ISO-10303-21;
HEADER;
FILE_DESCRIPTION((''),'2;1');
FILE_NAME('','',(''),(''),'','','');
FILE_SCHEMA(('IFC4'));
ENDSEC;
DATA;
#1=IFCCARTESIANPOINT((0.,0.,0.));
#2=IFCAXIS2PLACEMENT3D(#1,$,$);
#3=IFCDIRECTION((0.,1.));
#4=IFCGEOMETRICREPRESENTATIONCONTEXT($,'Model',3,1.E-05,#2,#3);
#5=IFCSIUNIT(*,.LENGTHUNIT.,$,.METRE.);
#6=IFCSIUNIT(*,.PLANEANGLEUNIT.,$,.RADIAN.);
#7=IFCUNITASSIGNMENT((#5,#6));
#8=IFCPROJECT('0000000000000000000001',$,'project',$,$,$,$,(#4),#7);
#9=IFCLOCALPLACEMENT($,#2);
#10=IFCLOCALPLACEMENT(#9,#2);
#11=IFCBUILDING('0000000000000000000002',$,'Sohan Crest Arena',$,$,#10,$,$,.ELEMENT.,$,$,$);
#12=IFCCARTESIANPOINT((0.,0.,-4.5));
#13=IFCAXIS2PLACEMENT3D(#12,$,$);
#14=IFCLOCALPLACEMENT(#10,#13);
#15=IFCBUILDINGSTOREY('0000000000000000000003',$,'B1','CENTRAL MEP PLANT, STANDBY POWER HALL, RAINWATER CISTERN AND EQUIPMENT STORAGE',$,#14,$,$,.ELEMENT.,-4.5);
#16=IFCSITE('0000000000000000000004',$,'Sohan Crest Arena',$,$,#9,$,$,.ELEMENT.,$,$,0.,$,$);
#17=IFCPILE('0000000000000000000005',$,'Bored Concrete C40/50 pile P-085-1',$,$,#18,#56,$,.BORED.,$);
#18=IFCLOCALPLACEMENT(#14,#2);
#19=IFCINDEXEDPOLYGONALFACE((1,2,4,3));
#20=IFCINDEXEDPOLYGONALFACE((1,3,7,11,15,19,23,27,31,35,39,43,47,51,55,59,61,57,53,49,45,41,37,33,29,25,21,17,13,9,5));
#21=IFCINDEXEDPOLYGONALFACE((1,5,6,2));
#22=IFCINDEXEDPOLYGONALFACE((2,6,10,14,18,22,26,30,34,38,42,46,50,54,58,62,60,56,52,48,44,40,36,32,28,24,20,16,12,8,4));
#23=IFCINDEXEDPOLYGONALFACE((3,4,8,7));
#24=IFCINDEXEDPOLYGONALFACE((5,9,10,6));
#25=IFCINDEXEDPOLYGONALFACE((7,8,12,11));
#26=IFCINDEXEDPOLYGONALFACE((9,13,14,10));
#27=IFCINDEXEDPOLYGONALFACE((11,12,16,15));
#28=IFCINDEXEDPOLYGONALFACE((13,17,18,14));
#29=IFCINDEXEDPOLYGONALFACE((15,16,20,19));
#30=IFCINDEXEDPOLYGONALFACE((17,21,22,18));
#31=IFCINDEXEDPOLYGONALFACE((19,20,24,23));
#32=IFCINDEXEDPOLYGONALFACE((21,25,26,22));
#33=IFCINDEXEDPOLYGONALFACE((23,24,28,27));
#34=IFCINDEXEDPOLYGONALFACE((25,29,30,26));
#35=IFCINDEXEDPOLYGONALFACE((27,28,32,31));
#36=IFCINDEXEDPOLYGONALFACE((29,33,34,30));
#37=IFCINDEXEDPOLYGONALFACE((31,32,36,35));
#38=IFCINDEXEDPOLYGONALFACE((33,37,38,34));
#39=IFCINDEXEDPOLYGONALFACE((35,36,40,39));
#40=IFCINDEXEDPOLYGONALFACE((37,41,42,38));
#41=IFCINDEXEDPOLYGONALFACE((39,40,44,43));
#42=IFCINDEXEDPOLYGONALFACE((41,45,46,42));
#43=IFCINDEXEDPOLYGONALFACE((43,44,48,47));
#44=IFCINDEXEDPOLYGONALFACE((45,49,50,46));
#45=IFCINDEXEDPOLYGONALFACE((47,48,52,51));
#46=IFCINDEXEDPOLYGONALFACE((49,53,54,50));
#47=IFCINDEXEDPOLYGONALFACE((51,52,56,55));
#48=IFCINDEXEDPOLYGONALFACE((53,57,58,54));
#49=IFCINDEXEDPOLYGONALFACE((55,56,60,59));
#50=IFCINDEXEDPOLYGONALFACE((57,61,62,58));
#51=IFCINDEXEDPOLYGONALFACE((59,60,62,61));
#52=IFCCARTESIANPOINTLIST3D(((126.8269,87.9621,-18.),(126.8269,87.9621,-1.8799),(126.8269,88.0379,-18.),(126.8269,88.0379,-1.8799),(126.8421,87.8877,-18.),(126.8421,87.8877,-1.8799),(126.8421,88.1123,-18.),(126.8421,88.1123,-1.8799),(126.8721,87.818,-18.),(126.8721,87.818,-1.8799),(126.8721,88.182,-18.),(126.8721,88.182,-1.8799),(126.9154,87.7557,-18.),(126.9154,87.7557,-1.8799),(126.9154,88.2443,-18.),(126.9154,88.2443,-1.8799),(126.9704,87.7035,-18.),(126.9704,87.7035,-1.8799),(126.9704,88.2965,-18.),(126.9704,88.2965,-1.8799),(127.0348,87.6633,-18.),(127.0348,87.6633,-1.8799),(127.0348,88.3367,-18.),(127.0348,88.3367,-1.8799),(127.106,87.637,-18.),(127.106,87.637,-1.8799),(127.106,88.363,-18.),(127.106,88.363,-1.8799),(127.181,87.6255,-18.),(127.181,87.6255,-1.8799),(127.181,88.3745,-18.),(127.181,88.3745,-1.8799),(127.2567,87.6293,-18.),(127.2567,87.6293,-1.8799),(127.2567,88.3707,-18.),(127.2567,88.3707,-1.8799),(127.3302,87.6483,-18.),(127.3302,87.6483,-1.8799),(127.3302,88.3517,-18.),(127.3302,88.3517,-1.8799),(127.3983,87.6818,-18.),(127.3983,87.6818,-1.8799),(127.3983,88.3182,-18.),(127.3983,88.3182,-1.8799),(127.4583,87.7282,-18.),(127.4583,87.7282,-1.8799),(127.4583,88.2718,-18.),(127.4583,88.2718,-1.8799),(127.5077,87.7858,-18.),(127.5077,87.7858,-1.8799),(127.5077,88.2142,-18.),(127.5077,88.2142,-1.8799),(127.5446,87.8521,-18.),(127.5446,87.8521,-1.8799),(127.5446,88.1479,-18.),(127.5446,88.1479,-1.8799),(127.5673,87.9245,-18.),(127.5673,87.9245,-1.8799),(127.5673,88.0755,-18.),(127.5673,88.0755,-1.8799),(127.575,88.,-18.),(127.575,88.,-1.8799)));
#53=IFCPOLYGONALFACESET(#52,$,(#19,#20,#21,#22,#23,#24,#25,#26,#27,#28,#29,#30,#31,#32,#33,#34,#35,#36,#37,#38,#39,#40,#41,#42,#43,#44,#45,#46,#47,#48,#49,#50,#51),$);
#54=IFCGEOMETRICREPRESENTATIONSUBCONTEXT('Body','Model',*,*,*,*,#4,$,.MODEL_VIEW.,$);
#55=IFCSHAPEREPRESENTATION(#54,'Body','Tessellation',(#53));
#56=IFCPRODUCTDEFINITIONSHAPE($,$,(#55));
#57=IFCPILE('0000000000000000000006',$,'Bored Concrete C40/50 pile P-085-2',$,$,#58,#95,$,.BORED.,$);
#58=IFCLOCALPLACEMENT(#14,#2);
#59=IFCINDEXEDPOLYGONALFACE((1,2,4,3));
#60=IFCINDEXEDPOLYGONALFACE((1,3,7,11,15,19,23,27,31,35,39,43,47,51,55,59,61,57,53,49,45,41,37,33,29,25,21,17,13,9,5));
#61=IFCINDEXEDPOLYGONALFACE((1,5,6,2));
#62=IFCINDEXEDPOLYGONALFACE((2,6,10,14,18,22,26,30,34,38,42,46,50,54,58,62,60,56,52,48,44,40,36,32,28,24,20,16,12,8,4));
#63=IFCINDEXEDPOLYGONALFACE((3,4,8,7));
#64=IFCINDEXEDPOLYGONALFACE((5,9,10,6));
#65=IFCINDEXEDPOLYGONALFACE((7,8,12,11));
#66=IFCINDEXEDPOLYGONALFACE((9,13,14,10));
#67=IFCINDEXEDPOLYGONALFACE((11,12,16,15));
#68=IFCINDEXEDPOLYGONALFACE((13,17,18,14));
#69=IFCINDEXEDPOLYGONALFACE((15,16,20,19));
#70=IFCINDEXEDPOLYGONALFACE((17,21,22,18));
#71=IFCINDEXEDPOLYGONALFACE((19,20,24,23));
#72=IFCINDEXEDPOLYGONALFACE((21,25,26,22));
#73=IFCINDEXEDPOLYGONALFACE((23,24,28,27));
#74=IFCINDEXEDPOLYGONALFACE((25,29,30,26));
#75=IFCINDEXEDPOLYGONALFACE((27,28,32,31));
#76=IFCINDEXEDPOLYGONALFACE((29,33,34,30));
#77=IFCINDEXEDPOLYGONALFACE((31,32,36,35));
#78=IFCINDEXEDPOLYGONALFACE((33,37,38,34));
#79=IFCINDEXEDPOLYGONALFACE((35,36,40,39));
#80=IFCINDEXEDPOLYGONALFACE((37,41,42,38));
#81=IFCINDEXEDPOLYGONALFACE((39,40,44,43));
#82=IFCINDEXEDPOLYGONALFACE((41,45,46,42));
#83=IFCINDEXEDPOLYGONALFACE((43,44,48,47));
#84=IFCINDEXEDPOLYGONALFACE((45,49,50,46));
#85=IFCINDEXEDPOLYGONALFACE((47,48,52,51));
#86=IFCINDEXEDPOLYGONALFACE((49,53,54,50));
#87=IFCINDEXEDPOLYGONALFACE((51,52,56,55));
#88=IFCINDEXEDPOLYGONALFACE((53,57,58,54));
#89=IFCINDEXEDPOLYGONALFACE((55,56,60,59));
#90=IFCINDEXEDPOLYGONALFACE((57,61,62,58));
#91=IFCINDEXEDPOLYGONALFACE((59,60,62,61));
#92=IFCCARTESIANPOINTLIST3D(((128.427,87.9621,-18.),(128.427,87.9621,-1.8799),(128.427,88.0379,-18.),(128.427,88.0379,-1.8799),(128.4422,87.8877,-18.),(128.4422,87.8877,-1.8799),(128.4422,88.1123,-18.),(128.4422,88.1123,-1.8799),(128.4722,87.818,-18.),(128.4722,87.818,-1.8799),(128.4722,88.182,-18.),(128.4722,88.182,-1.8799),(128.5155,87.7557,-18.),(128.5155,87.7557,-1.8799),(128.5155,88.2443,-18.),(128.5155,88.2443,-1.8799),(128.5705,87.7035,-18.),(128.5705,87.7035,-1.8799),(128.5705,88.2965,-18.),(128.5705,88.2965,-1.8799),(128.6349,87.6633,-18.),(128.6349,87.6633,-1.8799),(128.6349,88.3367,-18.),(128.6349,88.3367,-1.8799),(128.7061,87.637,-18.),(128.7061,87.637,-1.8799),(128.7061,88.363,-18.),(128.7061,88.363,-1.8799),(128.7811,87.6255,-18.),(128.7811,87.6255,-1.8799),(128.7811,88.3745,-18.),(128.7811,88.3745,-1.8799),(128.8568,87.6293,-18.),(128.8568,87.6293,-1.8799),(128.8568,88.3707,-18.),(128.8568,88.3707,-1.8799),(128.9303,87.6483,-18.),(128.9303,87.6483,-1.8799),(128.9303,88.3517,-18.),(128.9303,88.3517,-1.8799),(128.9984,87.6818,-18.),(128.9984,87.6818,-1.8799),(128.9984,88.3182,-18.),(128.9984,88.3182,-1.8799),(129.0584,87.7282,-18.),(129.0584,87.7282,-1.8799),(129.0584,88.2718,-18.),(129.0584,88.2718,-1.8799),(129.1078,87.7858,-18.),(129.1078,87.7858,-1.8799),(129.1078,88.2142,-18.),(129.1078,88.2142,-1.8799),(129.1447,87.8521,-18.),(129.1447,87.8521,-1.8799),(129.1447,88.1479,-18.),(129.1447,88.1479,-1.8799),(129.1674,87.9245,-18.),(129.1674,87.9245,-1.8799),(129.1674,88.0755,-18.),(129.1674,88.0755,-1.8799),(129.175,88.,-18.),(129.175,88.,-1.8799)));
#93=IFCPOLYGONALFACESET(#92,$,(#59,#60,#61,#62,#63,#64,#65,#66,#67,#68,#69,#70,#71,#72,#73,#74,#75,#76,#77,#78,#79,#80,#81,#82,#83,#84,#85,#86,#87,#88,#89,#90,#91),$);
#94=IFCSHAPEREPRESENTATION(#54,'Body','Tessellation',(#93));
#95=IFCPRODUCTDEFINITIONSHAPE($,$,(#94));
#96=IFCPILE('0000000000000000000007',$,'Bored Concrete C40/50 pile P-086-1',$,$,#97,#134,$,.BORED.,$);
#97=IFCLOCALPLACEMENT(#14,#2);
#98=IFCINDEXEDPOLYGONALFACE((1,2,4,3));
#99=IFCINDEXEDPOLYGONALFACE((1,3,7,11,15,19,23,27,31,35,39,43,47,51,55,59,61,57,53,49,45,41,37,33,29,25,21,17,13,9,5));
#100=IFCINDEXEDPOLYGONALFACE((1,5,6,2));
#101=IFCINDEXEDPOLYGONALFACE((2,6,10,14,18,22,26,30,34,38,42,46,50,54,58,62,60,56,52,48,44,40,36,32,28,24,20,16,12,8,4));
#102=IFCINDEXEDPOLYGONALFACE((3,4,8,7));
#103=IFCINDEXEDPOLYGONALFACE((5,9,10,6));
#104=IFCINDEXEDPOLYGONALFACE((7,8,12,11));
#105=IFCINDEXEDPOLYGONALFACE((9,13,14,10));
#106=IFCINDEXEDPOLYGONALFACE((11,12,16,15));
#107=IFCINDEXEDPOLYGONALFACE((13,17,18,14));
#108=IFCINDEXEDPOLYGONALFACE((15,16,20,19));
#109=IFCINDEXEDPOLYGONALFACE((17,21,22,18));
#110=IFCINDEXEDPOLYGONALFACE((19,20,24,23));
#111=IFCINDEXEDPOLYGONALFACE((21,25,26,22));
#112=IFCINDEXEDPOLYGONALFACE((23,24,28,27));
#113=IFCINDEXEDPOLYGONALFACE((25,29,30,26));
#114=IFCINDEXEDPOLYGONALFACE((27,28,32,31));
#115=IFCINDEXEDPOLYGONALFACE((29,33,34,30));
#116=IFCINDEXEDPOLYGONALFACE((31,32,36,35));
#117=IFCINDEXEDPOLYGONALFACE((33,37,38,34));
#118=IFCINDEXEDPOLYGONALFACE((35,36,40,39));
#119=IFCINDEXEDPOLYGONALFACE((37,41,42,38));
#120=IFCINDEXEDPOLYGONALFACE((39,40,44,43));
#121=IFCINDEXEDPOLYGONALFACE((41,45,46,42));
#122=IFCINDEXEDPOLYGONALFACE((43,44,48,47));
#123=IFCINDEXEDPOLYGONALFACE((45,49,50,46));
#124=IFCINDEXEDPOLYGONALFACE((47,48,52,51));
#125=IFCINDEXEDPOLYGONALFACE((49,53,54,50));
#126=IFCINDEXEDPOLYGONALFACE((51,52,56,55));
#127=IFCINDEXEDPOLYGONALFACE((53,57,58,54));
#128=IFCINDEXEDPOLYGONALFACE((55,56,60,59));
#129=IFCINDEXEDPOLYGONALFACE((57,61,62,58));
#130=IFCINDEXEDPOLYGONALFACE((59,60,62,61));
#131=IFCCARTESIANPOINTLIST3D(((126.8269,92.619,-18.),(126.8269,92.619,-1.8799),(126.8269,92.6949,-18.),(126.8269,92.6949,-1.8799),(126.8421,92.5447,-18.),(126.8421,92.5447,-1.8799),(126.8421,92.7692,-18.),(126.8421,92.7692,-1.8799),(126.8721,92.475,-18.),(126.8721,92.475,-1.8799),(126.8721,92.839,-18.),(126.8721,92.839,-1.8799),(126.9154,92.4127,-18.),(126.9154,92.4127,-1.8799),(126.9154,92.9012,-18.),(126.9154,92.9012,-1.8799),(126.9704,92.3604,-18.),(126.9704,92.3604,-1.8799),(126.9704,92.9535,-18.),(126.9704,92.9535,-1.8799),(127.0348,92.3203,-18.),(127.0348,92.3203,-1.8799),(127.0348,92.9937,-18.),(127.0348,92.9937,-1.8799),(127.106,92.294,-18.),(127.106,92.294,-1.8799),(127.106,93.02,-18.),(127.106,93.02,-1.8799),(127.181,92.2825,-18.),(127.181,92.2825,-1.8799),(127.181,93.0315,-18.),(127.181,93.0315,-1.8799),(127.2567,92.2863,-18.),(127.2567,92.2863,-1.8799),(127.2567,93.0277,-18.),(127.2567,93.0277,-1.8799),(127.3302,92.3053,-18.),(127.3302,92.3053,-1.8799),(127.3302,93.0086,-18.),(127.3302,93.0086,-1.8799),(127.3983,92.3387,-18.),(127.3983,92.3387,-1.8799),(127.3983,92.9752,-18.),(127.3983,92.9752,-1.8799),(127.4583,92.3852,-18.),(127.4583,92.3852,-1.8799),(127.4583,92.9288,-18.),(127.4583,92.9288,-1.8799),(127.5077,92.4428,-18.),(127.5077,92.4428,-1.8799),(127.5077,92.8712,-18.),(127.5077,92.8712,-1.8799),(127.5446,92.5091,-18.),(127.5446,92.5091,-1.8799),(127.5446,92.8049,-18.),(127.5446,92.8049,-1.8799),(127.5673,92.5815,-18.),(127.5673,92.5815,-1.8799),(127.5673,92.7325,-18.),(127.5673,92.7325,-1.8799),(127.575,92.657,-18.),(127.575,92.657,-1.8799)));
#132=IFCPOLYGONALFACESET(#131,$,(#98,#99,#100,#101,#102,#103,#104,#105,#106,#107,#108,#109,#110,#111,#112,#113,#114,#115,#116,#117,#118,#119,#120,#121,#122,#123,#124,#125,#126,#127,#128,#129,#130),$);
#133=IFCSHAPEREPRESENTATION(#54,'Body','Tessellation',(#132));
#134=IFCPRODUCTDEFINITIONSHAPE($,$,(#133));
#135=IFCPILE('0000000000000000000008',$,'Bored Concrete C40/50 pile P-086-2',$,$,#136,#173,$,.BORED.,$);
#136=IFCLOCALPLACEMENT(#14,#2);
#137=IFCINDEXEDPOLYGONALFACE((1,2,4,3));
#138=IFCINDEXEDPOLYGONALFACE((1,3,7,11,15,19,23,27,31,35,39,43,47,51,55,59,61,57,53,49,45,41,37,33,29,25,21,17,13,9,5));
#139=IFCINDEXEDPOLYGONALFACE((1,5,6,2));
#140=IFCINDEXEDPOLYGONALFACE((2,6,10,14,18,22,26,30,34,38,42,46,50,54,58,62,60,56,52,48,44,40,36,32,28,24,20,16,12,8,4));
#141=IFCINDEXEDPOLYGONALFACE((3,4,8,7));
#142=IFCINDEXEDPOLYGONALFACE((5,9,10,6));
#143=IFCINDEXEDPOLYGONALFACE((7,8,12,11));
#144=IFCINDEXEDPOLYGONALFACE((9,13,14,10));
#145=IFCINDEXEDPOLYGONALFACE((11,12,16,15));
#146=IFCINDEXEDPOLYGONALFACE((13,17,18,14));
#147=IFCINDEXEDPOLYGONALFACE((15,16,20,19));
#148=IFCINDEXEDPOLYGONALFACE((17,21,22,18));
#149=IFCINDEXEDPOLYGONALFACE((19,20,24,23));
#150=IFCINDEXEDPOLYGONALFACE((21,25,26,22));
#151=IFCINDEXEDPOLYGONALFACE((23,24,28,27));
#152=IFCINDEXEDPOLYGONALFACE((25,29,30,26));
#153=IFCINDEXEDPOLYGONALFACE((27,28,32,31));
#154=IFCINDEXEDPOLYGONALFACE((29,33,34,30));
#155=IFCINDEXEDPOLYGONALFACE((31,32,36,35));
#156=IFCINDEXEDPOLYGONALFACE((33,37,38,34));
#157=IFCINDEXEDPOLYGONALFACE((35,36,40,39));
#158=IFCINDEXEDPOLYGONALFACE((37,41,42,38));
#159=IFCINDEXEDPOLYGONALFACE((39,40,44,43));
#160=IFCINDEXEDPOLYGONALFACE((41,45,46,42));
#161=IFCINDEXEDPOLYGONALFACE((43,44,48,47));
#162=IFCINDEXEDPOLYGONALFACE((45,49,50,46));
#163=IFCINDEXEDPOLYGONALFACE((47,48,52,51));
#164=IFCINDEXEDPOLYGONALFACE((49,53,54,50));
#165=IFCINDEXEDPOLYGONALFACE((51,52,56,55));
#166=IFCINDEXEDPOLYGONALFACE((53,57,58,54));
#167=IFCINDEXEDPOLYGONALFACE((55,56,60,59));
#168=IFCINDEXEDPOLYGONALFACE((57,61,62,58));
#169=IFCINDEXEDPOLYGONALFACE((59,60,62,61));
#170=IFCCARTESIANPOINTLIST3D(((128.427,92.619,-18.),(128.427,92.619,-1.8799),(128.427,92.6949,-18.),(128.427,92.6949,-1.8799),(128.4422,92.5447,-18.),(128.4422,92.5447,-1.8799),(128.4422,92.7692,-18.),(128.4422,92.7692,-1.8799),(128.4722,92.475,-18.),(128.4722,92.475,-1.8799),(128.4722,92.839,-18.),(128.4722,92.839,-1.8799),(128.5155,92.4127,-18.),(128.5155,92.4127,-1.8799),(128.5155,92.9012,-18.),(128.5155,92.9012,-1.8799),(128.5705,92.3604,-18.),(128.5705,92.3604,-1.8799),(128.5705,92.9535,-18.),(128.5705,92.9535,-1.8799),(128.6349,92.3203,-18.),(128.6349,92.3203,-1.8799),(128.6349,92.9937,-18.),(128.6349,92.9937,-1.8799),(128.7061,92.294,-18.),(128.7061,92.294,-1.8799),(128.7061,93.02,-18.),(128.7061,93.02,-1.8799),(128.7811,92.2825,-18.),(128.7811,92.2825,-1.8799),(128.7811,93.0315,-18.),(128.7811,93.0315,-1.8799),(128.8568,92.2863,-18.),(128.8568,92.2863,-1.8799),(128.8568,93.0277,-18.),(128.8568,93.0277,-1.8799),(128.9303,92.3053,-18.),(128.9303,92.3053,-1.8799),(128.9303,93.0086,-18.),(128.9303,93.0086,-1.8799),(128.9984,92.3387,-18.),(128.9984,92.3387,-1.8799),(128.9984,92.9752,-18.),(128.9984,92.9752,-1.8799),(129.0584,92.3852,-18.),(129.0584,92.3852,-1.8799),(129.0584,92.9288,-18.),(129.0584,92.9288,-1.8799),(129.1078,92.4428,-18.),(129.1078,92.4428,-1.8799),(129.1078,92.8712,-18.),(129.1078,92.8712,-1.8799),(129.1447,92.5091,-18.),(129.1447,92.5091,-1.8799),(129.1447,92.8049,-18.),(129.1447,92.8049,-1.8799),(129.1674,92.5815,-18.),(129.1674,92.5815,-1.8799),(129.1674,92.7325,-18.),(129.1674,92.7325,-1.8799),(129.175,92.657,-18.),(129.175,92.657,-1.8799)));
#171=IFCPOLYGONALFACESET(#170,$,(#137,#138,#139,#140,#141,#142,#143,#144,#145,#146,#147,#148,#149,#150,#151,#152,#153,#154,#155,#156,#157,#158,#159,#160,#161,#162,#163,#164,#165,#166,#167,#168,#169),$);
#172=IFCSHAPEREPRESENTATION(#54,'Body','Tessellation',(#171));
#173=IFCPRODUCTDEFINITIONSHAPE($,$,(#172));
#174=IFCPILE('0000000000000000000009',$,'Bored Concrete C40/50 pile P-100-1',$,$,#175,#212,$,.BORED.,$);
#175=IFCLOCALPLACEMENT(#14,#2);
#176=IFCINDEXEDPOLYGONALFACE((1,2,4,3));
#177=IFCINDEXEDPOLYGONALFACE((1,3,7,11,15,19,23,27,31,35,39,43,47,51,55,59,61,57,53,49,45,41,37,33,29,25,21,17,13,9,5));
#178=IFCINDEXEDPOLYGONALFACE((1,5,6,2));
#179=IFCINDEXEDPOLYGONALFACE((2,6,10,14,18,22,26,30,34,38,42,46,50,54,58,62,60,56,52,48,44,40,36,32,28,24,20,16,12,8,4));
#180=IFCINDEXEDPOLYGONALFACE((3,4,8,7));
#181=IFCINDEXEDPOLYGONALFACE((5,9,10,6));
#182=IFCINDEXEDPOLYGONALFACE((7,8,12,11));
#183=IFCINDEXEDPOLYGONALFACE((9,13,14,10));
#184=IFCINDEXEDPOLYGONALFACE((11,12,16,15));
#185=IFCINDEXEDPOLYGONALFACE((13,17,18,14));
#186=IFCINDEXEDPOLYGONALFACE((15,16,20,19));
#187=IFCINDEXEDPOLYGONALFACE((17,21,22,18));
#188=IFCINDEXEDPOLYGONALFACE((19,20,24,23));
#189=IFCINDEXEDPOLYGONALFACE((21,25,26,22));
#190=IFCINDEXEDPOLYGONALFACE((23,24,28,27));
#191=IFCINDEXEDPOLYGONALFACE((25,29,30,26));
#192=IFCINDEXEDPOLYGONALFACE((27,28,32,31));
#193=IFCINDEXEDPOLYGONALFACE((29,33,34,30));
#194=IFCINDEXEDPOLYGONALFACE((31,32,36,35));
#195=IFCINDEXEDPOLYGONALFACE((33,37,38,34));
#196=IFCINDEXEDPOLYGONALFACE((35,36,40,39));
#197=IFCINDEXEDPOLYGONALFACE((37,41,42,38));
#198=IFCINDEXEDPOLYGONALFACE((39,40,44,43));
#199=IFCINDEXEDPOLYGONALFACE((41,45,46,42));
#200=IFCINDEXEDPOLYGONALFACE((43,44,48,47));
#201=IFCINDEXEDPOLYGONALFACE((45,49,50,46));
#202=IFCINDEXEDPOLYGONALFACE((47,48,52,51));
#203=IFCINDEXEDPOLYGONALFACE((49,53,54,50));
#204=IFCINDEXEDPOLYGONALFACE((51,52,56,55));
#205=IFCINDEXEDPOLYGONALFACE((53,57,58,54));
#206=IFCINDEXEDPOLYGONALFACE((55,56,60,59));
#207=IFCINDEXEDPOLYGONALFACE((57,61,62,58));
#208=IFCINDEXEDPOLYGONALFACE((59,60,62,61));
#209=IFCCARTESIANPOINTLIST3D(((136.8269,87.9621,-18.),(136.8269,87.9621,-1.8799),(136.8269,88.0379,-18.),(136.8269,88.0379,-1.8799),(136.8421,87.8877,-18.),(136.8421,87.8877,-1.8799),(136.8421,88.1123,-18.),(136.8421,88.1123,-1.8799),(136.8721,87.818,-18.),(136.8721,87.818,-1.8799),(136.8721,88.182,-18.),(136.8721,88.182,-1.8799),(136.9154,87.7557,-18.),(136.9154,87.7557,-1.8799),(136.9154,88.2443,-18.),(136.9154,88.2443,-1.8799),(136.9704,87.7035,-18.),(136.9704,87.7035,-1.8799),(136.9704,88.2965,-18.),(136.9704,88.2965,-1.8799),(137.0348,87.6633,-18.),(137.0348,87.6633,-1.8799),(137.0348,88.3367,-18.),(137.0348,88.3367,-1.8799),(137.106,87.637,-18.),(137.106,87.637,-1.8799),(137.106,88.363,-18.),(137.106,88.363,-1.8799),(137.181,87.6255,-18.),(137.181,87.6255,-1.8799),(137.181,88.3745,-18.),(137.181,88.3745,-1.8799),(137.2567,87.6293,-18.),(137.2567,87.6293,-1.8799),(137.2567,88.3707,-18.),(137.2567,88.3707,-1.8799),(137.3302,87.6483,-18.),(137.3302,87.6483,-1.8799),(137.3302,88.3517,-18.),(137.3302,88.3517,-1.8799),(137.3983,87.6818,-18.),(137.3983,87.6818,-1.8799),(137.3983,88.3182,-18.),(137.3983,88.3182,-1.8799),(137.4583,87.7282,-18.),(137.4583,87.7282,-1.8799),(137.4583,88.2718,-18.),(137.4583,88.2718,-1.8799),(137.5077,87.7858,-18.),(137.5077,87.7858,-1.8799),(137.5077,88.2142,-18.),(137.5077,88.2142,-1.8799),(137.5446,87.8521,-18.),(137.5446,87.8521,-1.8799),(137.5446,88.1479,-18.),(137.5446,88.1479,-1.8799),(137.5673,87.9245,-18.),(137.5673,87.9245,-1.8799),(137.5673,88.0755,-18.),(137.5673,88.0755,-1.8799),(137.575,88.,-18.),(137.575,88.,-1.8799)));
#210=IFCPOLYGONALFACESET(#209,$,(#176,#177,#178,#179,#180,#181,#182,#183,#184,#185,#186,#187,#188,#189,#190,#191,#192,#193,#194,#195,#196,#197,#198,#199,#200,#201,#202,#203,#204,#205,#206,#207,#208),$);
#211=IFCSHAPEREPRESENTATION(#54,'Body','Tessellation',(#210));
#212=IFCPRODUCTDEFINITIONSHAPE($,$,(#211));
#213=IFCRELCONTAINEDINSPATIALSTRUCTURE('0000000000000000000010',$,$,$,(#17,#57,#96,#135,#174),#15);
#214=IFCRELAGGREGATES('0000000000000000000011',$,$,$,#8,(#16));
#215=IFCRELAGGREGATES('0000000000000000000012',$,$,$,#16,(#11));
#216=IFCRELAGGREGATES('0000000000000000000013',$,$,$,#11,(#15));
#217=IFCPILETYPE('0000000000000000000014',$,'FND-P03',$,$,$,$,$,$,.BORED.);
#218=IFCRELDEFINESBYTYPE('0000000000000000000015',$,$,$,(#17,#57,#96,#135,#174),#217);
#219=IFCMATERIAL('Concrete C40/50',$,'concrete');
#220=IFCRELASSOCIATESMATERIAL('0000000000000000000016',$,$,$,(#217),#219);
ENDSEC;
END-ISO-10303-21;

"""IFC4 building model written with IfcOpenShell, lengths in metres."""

from ifc_helpers import new_model, si_unit, direction, frame, origin, origin_2d, place, context, subcontext, project, spatial, circle, extrude, material, material_profile, profile_set, type_object, element, save


model = new_model("IFC4")

# Units and contexts
model_context = context("Model", 3, precision=1e-05, world=origin(), true_north=direction((0.0, 1.0)))
body_context = subcontext(model_context, "Body", "Model", "MODEL_VIEW")
ifc_project = project(units=[si_unit("LENGTHUNIT", "METRE"), si_unit("PLANEANGLEUNIT", "RADIAN")], contexts=[model_context])

# Site, building, storey
site_placement = place(None, origin())
site = spatial("IfcSite", under=ifc_project, at=site_placement, Name="Sohan Crest Arena", CompositionType="ELEMENT", RefElevation=0.0)
building_placement = place(site_placement, origin())
building = spatial("IfcBuilding", under=site, at=building_placement, Name="Sohan Crest Arena", CompositionType="ELEMENT")
storey_placement = place(building_placement, frame((0.0, 0.0, -4.5)))
storey = spatial("IfcBuildingStorey", under=building, at=storey_placement, Name="B1", Description="CENTRAL MEP PLANT, STANDBY POWER HALL, RAINWATER CISTERN AND EQUIPMENT STORAGE", CompositionType="ELEMENT", Elevation=-4.5)

# Shared definitions
ifc_material = material(Name="Concrete C40/50", Category="concrete")

# Piles
ifc_material_profile_1 = material_profile(ifc_material, circle(Radius=0.375, at=origin_2d()), Name="PILE D750")
ifc_profile_set_1 = profile_set([ifc_material_profile_1], Name="Concrete C40/50")
pile_type = type_object("IfcPileType", Name="FND-P03", PredefinedType="BORED", material=ifc_profile_set_1)
for number, where, z_axis, x_axis, name in (
    (1, (127.2, 88.0, -18.0), (0.0, 0.0, 1.0), (1.0, 0.0, 0.0), "Bored Concrete C40/50 pile P-085-1"),
    (2, (128.8, 88.0, -18.0), (0.0, 0.0, 1.0), (1.0, 0.0, 0.0), "Bored Concrete C40/50 pile P-085-2"),
    (3, (127.2, 92.657, -18.0), (0.0, 0.0, 1.0), (1.0, 0.0, 0.0), "Bored Concrete C40/50 pile P-086-1"),
    (4, (128.8, 92.657, -18.0), (0.0, 0.0, 1.0), (1.0, 0.0, 0.0), "Bored Concrete C40/50 pile P-086-2"),
    (5, (137.2, 88.0, -18.0), (0.0, 0.0, 1.0), (1.0, 0.0, 0.0), "Bored Concrete C40/50 pile P-100-1"),
):
    element("IfcPile", number, at=place(storey_placement, frame(where, z_axis=z_axis, x_axis=x_axis)), inside=storey, type_object=pile_type, Name=name, PredefinedType="BORED", context=body_context, shape_type="SweptSolid", body=[
        extrude(circle(Radius=0.375, at=origin_2d()), origin(), (0.0, 0.0, 1.0), 16.1201),
    ])

save(model, "model.ifc")
